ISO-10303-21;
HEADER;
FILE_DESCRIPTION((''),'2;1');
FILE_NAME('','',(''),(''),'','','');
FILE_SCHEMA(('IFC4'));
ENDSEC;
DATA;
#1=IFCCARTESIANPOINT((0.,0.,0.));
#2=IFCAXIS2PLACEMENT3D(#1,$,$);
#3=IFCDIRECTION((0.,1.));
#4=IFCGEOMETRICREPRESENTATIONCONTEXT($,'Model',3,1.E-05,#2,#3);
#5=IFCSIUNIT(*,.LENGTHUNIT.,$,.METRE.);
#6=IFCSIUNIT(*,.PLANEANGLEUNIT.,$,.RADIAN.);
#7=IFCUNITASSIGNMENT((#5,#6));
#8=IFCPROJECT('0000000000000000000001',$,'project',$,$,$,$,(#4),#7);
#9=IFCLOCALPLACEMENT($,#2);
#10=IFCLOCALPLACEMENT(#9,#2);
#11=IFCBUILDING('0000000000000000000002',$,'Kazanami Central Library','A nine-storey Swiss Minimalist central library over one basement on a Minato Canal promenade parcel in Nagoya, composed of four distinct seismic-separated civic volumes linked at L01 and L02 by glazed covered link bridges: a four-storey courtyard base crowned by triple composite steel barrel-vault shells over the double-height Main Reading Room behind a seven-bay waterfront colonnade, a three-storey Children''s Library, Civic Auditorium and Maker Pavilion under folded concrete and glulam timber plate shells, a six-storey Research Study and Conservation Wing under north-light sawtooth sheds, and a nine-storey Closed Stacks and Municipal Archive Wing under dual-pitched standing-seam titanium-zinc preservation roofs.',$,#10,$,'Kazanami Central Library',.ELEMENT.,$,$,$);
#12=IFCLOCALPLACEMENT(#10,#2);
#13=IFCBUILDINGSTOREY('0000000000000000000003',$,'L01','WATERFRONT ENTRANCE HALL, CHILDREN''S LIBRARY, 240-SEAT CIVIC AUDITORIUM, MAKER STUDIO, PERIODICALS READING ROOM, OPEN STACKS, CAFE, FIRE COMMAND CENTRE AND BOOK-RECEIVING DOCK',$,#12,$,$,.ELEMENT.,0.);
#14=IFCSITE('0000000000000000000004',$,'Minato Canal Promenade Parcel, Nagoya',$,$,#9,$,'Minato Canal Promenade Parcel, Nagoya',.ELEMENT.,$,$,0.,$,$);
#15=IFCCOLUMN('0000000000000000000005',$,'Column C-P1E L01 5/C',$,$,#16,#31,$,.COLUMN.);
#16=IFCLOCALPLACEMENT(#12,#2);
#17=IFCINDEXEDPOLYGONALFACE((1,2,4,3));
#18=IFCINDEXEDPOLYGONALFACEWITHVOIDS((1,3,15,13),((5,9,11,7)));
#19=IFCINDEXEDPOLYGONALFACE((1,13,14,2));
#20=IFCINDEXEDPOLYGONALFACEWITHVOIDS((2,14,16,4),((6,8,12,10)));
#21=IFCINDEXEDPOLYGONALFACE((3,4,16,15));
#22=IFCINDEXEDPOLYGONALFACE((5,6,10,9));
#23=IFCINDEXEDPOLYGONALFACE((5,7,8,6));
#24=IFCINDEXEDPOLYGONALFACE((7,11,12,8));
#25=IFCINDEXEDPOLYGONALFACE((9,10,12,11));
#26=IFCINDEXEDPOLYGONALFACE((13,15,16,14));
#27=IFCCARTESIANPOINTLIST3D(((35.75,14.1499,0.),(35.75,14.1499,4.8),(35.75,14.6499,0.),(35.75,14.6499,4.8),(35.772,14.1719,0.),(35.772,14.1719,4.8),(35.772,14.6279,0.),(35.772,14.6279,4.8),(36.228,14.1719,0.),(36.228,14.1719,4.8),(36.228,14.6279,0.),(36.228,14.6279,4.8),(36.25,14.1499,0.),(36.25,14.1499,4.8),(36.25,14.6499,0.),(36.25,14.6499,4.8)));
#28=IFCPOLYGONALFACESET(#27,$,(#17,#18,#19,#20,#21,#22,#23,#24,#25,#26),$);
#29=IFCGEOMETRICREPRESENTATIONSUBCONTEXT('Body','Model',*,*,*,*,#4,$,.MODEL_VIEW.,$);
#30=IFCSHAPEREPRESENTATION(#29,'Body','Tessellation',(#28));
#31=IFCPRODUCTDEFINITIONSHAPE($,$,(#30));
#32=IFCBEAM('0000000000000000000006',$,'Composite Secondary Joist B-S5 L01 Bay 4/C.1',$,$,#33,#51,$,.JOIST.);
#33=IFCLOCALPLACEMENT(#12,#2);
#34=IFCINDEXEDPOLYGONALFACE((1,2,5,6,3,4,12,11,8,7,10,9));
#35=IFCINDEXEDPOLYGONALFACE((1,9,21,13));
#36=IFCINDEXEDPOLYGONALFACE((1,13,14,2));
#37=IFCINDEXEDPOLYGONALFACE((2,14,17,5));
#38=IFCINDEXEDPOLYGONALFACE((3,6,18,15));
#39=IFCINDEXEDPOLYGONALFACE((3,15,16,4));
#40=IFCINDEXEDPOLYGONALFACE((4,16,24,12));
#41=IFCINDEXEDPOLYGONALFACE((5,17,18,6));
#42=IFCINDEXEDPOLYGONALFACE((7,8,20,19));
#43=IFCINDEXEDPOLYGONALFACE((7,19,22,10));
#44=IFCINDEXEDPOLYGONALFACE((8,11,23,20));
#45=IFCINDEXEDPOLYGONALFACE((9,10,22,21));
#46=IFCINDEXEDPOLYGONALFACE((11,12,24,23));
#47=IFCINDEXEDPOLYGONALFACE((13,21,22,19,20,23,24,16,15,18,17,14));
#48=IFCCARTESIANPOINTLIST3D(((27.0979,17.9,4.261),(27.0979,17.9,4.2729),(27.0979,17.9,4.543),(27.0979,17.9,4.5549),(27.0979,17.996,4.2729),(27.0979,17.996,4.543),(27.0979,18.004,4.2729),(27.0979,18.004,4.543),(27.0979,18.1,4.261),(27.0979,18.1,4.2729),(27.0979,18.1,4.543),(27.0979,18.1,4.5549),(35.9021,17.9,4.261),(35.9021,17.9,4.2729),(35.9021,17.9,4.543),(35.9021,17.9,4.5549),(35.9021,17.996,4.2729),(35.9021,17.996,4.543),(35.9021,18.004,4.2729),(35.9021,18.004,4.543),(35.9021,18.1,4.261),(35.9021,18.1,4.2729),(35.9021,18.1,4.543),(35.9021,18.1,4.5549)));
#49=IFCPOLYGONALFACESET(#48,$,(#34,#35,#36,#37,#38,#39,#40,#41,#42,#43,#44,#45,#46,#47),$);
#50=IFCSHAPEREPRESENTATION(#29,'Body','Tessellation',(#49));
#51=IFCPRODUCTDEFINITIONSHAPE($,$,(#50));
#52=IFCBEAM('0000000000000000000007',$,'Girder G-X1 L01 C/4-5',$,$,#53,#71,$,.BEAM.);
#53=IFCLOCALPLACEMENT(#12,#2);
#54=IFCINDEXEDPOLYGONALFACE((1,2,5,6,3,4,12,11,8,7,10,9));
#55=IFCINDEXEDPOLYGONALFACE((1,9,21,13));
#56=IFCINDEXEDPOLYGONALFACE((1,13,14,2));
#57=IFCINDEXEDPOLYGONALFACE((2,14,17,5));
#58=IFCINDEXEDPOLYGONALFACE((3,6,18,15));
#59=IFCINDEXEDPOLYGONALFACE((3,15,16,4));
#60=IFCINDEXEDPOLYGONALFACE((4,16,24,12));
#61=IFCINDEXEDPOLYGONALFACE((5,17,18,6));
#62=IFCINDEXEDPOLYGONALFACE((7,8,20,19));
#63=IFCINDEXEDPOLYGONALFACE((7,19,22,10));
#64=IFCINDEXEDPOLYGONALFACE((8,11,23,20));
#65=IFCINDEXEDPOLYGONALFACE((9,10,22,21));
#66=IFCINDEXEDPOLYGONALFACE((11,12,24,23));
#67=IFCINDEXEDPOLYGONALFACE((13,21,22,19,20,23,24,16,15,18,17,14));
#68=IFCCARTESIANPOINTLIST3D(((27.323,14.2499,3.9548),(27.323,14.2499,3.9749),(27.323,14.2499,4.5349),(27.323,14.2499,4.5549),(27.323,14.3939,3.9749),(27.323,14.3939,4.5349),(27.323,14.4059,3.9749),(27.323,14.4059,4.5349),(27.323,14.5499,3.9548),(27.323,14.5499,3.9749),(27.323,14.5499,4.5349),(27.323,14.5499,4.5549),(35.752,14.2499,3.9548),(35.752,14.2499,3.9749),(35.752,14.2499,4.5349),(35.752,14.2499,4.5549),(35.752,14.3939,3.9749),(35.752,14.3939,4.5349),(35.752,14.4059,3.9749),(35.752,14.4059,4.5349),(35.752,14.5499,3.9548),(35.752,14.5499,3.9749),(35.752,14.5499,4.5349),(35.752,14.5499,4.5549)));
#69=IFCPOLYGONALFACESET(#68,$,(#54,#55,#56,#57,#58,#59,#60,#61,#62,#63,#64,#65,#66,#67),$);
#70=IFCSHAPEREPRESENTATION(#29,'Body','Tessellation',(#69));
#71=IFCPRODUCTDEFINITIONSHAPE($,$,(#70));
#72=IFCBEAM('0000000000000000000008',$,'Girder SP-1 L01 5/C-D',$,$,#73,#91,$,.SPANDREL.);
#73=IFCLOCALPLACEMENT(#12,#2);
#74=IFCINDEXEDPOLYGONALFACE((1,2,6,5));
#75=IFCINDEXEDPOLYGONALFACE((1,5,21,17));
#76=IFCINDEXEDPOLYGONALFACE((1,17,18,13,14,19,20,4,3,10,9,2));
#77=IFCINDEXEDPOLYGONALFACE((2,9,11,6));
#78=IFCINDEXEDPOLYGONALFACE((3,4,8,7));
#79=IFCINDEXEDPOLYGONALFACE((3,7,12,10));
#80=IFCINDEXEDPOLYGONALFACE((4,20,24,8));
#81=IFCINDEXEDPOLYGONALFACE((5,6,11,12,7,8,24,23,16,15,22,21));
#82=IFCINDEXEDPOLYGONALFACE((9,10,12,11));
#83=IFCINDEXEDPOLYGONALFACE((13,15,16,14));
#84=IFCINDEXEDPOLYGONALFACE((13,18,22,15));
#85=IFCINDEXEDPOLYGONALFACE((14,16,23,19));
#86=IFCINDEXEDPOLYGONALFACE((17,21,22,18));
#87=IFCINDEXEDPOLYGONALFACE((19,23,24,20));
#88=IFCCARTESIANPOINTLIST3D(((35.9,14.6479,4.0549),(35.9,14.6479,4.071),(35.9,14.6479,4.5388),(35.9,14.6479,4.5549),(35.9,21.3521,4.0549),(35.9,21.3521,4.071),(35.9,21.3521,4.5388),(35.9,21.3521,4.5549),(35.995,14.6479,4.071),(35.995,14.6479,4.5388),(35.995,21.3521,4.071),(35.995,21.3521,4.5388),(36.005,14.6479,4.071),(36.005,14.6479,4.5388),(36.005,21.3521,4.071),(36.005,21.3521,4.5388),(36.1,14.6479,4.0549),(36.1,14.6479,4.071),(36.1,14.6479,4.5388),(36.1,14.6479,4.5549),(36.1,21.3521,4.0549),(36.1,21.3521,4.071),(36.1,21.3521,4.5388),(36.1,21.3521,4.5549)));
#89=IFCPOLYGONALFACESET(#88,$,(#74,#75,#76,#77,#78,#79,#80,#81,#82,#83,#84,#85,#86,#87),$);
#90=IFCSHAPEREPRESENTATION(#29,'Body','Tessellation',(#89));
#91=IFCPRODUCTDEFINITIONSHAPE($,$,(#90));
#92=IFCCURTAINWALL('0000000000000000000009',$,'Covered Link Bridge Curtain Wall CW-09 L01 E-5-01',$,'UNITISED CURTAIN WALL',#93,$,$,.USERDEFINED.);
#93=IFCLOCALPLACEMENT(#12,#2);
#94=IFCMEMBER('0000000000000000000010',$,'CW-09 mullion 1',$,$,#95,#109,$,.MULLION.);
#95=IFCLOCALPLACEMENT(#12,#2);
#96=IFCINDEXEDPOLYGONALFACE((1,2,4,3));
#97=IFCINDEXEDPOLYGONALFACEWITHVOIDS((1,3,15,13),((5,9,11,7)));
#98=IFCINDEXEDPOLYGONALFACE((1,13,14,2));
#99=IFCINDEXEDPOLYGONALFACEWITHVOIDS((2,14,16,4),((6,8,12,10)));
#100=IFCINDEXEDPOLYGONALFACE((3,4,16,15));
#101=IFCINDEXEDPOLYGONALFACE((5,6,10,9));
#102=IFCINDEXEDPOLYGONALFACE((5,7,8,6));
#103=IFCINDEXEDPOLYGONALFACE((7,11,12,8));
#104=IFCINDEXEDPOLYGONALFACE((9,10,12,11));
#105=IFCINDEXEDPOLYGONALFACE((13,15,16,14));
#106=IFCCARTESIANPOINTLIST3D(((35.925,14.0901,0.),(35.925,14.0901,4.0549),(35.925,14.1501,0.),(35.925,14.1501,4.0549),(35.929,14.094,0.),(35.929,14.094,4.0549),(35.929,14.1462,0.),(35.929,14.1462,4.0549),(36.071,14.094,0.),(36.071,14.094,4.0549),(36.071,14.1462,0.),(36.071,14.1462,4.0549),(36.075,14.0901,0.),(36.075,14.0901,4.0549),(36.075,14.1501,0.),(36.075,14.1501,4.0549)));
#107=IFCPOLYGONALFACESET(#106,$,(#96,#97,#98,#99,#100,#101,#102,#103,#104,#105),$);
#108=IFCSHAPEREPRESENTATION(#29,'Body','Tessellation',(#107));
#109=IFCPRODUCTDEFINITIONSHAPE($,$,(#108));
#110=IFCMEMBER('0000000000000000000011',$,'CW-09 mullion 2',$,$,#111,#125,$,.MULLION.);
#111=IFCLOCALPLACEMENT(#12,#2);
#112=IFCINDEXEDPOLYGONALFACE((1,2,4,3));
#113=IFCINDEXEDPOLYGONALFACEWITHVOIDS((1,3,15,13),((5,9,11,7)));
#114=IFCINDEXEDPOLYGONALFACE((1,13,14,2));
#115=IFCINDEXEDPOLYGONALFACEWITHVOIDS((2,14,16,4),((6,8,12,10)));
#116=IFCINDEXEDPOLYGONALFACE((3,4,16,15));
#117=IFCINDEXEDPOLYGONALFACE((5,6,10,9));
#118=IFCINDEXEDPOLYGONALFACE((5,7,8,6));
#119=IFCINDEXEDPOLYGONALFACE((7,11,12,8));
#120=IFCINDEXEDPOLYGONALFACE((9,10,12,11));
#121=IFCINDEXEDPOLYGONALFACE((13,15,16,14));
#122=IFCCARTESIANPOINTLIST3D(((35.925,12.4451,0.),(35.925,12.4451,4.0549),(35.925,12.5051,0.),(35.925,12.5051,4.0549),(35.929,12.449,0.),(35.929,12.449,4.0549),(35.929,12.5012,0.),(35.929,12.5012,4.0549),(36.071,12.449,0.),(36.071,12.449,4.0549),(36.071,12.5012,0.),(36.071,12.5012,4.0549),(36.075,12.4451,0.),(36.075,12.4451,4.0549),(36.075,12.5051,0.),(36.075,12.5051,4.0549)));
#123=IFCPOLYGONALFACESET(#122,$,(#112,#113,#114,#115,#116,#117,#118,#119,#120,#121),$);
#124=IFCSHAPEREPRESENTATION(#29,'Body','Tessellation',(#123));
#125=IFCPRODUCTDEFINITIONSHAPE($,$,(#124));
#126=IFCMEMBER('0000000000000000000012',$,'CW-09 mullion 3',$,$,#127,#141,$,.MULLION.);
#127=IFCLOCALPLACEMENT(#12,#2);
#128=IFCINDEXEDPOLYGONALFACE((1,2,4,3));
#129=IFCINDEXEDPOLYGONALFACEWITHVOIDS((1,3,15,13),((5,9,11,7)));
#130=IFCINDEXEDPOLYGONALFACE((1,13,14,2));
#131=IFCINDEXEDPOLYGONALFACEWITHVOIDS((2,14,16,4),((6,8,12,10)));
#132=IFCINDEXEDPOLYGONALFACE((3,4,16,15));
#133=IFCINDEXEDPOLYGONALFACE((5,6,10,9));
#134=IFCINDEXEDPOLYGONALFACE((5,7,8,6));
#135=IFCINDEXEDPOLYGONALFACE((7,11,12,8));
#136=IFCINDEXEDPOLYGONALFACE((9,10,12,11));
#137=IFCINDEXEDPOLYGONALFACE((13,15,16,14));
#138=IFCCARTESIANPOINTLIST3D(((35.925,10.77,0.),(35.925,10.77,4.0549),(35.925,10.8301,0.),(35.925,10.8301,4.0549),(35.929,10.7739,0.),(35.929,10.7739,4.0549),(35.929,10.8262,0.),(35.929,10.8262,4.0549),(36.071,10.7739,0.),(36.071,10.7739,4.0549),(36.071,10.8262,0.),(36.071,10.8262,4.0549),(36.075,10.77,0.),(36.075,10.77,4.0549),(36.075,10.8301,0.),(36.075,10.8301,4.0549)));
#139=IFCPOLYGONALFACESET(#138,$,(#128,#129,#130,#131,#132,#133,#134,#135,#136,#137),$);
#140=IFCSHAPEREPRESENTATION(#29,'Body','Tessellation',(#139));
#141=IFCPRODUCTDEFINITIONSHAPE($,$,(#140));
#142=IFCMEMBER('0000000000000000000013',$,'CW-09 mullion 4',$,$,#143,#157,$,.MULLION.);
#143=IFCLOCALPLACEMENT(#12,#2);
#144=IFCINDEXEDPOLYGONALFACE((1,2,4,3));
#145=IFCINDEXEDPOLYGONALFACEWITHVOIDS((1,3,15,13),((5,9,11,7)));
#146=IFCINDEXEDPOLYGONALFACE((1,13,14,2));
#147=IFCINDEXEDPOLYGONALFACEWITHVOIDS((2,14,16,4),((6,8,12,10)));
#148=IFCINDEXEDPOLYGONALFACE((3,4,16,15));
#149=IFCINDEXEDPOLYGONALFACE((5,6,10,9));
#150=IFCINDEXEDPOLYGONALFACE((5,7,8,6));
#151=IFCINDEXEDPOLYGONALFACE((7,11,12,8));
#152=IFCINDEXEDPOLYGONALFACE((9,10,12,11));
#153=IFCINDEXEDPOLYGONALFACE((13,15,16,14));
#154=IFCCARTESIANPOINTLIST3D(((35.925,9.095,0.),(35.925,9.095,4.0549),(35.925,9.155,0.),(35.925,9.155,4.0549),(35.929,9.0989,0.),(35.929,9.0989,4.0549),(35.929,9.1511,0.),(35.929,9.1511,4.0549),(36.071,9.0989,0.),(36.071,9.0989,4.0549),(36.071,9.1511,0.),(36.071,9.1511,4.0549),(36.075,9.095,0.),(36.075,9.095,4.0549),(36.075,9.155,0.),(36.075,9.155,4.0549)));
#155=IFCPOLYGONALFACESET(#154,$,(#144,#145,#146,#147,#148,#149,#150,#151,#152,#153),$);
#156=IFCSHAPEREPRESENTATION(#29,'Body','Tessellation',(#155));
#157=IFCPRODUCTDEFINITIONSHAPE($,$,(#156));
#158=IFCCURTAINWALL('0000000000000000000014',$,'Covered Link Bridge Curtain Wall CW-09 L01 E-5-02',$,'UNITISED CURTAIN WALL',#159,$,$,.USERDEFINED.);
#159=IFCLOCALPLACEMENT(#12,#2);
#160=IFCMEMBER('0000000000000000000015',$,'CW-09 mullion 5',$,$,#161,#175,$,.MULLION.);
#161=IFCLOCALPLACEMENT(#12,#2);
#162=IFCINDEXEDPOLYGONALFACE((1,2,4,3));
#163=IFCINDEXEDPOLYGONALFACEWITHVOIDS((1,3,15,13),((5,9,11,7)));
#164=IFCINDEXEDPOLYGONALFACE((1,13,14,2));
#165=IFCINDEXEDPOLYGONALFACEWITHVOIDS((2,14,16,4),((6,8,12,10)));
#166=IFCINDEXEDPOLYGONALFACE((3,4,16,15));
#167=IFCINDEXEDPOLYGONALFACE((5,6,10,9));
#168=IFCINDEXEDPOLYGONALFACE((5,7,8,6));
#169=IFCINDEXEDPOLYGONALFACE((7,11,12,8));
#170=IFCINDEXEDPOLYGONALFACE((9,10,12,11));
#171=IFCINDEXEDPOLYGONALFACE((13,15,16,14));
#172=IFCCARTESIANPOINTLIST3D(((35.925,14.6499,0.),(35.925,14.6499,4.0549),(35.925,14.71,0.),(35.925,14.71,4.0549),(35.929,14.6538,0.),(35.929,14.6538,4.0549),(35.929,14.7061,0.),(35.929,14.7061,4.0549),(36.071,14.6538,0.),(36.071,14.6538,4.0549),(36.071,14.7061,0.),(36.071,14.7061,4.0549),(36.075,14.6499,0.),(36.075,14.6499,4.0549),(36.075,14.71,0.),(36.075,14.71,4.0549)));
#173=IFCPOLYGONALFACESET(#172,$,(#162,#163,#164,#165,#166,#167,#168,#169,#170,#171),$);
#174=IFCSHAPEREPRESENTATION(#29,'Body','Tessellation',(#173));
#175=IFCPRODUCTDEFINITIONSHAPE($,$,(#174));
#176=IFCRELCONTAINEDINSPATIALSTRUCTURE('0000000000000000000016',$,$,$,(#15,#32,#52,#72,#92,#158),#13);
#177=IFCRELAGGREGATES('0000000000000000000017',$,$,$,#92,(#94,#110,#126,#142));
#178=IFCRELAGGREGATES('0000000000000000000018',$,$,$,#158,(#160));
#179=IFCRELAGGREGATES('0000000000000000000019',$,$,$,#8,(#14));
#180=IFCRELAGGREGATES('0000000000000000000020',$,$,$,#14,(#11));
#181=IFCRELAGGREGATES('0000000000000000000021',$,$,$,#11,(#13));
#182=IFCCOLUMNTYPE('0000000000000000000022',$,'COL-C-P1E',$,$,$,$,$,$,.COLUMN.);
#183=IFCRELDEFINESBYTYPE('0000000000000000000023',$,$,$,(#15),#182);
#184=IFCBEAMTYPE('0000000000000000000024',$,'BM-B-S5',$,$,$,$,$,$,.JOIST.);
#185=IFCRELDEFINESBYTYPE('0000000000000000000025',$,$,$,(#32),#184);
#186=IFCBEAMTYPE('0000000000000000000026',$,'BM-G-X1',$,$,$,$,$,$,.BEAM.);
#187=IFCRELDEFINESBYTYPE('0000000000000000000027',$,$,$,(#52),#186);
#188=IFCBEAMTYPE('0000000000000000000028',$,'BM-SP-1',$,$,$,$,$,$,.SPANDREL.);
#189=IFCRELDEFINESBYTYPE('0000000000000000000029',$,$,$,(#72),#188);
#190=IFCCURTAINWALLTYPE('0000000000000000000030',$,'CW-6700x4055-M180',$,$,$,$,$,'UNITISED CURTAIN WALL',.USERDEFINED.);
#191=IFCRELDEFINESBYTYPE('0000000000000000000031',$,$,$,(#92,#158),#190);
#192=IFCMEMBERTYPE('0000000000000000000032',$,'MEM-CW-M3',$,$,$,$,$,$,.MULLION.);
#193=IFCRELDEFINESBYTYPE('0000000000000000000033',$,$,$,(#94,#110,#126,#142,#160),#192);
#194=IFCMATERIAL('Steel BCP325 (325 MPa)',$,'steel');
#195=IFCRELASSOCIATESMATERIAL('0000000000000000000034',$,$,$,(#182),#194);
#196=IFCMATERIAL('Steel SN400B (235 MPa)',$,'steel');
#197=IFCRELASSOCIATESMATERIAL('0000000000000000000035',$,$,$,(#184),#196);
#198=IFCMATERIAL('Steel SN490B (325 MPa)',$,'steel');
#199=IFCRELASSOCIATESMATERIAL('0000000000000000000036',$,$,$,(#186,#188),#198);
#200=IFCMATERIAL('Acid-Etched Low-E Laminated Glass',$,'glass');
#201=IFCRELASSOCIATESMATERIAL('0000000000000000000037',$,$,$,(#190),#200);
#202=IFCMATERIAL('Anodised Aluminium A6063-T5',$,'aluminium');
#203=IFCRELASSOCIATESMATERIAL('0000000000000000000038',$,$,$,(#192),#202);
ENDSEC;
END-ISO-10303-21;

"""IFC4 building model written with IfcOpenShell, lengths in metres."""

from ifc_helpers import new_model, si_unit, direction, frame, origin, origin_2d, place, context, subcontext, project, spatial, hollow_rectangle, i_section, extrude, material, material_profile, profile_set, type_object, element, aggregate, save


model = new_model("IFC4")

# Units and contexts
model_context = context("Model", 3, precision=1e-05, world=origin(), true_north=direction((0.0, 1.0)))
body_context = subcontext(model_context, "Body", "Model", "MODEL_VIEW")
ifc_project = project(units=[si_unit("LENGTHUNIT", "METRE"), si_unit("PLANEANGLEUNIT", "RADIAN")], contexts=[model_context])

# Site, building, storey
site_placement = place(None, origin())
site = spatial("IfcSite", under=ifc_project, at=site_placement, Name="Minato Canal Promenade Parcel, Nagoya", LongName="Minato Canal Promenade Parcel, Nagoya", CompositionType="ELEMENT", RefElevation=0.0)
building_placement = place(site_placement, origin())
building = spatial("IfcBuilding", under=site, at=building_placement, Name="Kazanami Central Library", Description="A nine-storey Swiss Minimalist central library over one basement on a Minato Canal promenade parcel in Nagoya, composed of four distinct seismic-separated civic volumes linked at L01 and L02 by glazed covered link bridges: a four-storey courtyard base crowned by triple composite steel barrel-vault shells over the double-height Main Reading Room behind a seven-bay waterfront colonnade, a three-storey Children's Library, Civic Auditorium and Maker Pavilion under folded concrete and glulam timber plate shells, a six-storey Research Study and Conservation Wing under north-light sawtooth sheds, and a nine-storey Closed Stacks and Municipal Archive Wing under dual-pitched standing-seam titanium-zinc preservation roofs.", LongName="Kazanami Central Library", CompositionType="ELEMENT")
storey_placement = place(building_placement, origin())
storey = spatial("IfcBuildingStorey", under=building, at=storey_placement, Name="L01", Description="WATERFRONT ENTRANCE HALL, CHILDREN'S LIBRARY, 240-SEAT CIVIC AUDITORIUM, MAKER STUDIO, PERIODICALS READING ROOM, OPEN STACKS, CAFE, FIRE COMMAND CENTRE AND BOOK-RECEIVING DOCK", CompositionType="ELEMENT", Elevation=0.0)

# Column
ifc_material_1 = material(Name="Steel BCP325 (325 MPa)", Category="steel")
ifc_material_profile_1 = material_profile(ifc_material_1, hollow_rectangle(XDim=0.5, YDim=0.5, WallThickness=0.022, at=origin_2d()), Name="BCP-500x500x22")
ifc_profile_set_1 = profile_set([ifc_material_profile_1], Name="Steel BCP325 (325 MPa)")
column_type = type_object("IfcColumnType", Name="COL-C-P1E", PredefinedType="COLUMN", material=ifc_profile_set_1)
column_placement = place(storey_placement, frame((36.0, 14.3999, 0.0), z_axis=(0.0, 0.0, 1.0), x_axis=(1.0, 0.0, 0.0)))
element("IfcColumn", 1, at=column_placement, inside=storey, type_object=column_type, Name="Column C-P1E L01 5/C", PredefinedType="COLUMN", context=body_context, shape_type="SweptSolid", body=[
    extrude(hollow_rectangle(XDim=0.5, YDim=0.5, WallThickness=0.022, at=origin_2d()), origin(), (0.0, 0.0, 1.0), 4.8),
])

# Beams
ifc_material_2 = material(Name="Steel SN400B (235 MPa)", Category="steel")
ifc_material_profile_2 = material_profile(ifc_material_2, i_section(OverallWidth=0.2, OverallDepth=0.2939, WebThickness=0.0081, FlangeThickness=0.012, at=origin_2d()), Name="H-294x200x8x12")
ifc_profile_set_2 = profile_set([ifc_material_profile_2], Name="Steel SN400B (235 MPa)")
beam_type_1 = type_object("IfcBeamType", Name="BM-B-S5", PredefinedType="JOIST", material=ifc_profile_set_2)
beam_1_placement = place(storey_placement, frame((27.0979, 18.0, 4.408), z_axis=(1.0, 0.0, 0.0), x_axis=(0.0, 1.0, 0.0)))
element("IfcBeam", 2, at=beam_1_placement, inside=storey, type_object=beam_type_1, Name="Composite Secondary Joist B-S5 L01 Bay 4/C.1", PredefinedType="JOIST", context=body_context, shape_type="SweptSolid", body=[
    extrude(i_section(OverallWidth=0.2, OverallDepth=0.2939, WebThickness=0.0081, FlangeThickness=0.012, at=origin_2d()), origin(), (0.0, 0.0, 1.0), 8.8042),
])
ifc_material_3 = material(Name="Steel SN490B (325 MPa)", Category="steel")
ifc_material_profile_3 = material_profile(ifc_material_3, i_section(OverallWidth=0.3, OverallDepth=0.6001, WebThickness=0.012, FlangeThickness=0.02, at=origin_2d()), Name="H-600x300x12x20")
ifc_profile_set_3 = profile_set([ifc_material_profile_3], Name="Steel SN490B (325 MPa)")
beam_type_2 = type_object("IfcBeamType", Name="BM-G-X1", PredefinedType="BEAM", material=ifc_profile_set_3)
beam_2_placement = place(storey_placement, frame((27.323, 14.3999, 4.2549), z_axis=(1.0, 0.0, 0.0), x_axis=(0.0, 1.0, 0.0)))
element("IfcBeam", 3, at=beam_2_placement, inside=storey, type_object=beam_type_2, Name="Girder G-X1 L01 C/4-5", PredefinedType="BEAM", context=body_context, shape_type="SweptSolid", body=[
    extrude(i_section(OverallWidth=0.3, OverallDepth=0.6001, WebThickness=0.012, FlangeThickness=0.02, at=origin_2d()), origin(), (0.0, 0.0, 1.0), 8.429),
])
ifc_material_profile_4 = material_profile(ifc_material_3, i_section(OverallWidth=0.2, OverallDepth=0.5, WebThickness=0.01, FlangeThickness=0.0161, at=origin_2d()), Name="H-500x200x10x16")
ifc_profile_set_4 = profile_set([ifc_material_profile_4], Name="Steel SN490B (325 MPa)")
beam_type_3 = type_object("IfcBeamType", Name="BM-SP-1", PredefinedType="SPANDREL", material=ifc_profile_set_4)
beam_3_placement = place(storey_placement, frame((36.0, 14.6479, 4.3049), z_axis=(0.0, 1.0, 0.0), x_axis=(-1.0, 0.0, 0.0)))
element("IfcBeam", 4, at=beam_3_placement, inside=storey, type_object=beam_type_3, Name="Girder SP-1 L01 5/C-D", PredefinedType="SPANDREL", context=body_context, shape_type="SweptSolid", body=[
    extrude(i_section(OverallWidth=0.2, OverallDepth=0.5, WebThickness=0.01, FlangeThickness=0.0161, at=origin_2d()), origin(), (0.0, 0.0, 1.0), 6.7041),
])

# Curtain wall, members
ifc_material_4 = material(Name="Acid-Etched Low-E Laminated Glass", Category="glass")
curtain_wall_type = type_object("IfcCurtainWallType", Name="CW-6700x4055-M180", ElementType="UNITISED CURTAIN WALL", PredefinedType="USERDEFINED", material=ifc_material_4)
curtain_wall_1_placement = place(storey_placement, origin())
curtain_wall_1 = element("IfcCurtainWall", 5, at=curtain_wall_1_placement, inside=storey, type_object=curtain_wall_type, Name="Covered Link Bridge Curtain Wall CW-09 L01 E-5-01", ObjectType="UNITISED CURTAIN WALL", PredefinedType="USERDEFINED")
ifc_material_5 = material(Name="Anodised Aluminium A6063-T5", Category="aluminium")
ifc_material_profile_5 = material_profile(ifc_material_5, hollow_rectangle(XDim=0.0601, YDim=0.1499, WallThickness=0.0039, at=origin_2d()), Name="ALU-MULL-60x150x4")
ifc_profile_set_5 = profile_set([ifc_material_profile_5], Name="Anodised Aluminium A6063-T5")
member_type_1 = type_object("IfcMemberType", Name="MEM-CW-M3", PredefinedType="MULLION", material=ifc_profile_set_5)
member_1_placement = place(storey_placement, frame((36.0, 14.1201, 0.0), z_axis=(0.0, 0.0, 1.0), x_axis=(0.0, -1.0, 0.0)))
member_1 = element("IfcMember", 6, at=member_1_placement, type_object=member_type_1, Name="CW-09 mullion 1", PredefinedType="MULLION", context=body_context, shape_type="SweptSolid", body=[
    extrude(hollow_rectangle(XDim=0.0601, YDim=0.1499, WallThickness=0.0039, at=origin_2d()), origin(), (0.0, 0.0, 1.0), 4.0549),
])
member_2_placement = place(storey_placement, frame((36.0, 12.4751, 0.0), z_axis=(0.0, 0.0, 1.0), x_axis=(0.0, -1.0, 0.0)))
member_2 = element("IfcMember", 7, at=member_2_placement, type_object=member_type_1, Name="CW-09 mullion 2", PredefinedType="MULLION", context=body_context, shape_type="SweptSolid", body=[
    extrude(hollow_rectangle(XDim=0.0601, YDim=0.1499, WallThickness=0.0039, at=origin_2d()), origin(), (0.0, 0.0, 1.0), 4.0549),
])
member_3_placement = place(storey_placement, frame((36.0, 10.8, 0.0), z_axis=(0.0, 0.0, 1.0), x_axis=(0.0, -1.0, 0.0)))
member_3 = element("IfcMember", 8, at=member_3_placement, type_object=member_type_1, Name="CW-09 mullion 3", PredefinedType="MULLION", context=body_context, shape_type="SweptSolid", body=[
    extrude(hollow_rectangle(XDim=0.0601, YDim=0.1499, WallThickness=0.0039, at=origin_2d()), origin(), (0.0, 0.0, 1.0), 4.0549),
])
member_4_placement = place(storey_placement, frame((36.0, 9.125, 0.0), z_axis=(0.0, 0.0, 1.0), x_axis=(0.0, -1.0, 0.0)))
member_4 = element("IfcMember", 9, at=member_4_placement, type_object=member_type_1, Name="CW-09 mullion 4", PredefinedType="MULLION", context=body_context, shape_type="SweptSolid", body=[
    extrude(hollow_rectangle(XDim=0.0601, YDim=0.1499, WallThickness=0.0039, at=origin_2d()), origin(), (0.0, 0.0, 1.0), 4.0549),
])

# Curtain wall, member
curtain_wall_2_placement = place(storey_placement, origin())
curtain_wall_2 = element("IfcCurtainWall", 10, at=curtain_wall_2_placement, inside=storey, type_object=curtain_wall_type, Name="Covered Link Bridge Curtain Wall CW-09 L01 E-5-02", ObjectType="UNITISED CURTAIN WALL", PredefinedType="USERDEFINED")
member_5_placement = place(storey_placement, frame((36.0, 14.6799, 0.0), z_axis=(0.0, 0.0, 1.0), x_axis=(0.0, -1.0, 0.0)))
member_5 = element("IfcMember", 11, at=member_5_placement, type_object=member_type_1, Name="CW-09 mullion 5", PredefinedType="MULLION", context=body_context, shape_type="SweptSolid", body=[
    extrude(hollow_rectangle(XDim=0.0601, YDim=0.1499, WallThickness=0.0039, at=origin_2d()), origin(), (0.0, 0.0, 1.0), 4.0549),
])

aggregate(curtain_wall_1, [member_1, member_2, member_3, member_4])
aggregate(curtain_wall_2, [member_5])

save(model, "model.ifc")
